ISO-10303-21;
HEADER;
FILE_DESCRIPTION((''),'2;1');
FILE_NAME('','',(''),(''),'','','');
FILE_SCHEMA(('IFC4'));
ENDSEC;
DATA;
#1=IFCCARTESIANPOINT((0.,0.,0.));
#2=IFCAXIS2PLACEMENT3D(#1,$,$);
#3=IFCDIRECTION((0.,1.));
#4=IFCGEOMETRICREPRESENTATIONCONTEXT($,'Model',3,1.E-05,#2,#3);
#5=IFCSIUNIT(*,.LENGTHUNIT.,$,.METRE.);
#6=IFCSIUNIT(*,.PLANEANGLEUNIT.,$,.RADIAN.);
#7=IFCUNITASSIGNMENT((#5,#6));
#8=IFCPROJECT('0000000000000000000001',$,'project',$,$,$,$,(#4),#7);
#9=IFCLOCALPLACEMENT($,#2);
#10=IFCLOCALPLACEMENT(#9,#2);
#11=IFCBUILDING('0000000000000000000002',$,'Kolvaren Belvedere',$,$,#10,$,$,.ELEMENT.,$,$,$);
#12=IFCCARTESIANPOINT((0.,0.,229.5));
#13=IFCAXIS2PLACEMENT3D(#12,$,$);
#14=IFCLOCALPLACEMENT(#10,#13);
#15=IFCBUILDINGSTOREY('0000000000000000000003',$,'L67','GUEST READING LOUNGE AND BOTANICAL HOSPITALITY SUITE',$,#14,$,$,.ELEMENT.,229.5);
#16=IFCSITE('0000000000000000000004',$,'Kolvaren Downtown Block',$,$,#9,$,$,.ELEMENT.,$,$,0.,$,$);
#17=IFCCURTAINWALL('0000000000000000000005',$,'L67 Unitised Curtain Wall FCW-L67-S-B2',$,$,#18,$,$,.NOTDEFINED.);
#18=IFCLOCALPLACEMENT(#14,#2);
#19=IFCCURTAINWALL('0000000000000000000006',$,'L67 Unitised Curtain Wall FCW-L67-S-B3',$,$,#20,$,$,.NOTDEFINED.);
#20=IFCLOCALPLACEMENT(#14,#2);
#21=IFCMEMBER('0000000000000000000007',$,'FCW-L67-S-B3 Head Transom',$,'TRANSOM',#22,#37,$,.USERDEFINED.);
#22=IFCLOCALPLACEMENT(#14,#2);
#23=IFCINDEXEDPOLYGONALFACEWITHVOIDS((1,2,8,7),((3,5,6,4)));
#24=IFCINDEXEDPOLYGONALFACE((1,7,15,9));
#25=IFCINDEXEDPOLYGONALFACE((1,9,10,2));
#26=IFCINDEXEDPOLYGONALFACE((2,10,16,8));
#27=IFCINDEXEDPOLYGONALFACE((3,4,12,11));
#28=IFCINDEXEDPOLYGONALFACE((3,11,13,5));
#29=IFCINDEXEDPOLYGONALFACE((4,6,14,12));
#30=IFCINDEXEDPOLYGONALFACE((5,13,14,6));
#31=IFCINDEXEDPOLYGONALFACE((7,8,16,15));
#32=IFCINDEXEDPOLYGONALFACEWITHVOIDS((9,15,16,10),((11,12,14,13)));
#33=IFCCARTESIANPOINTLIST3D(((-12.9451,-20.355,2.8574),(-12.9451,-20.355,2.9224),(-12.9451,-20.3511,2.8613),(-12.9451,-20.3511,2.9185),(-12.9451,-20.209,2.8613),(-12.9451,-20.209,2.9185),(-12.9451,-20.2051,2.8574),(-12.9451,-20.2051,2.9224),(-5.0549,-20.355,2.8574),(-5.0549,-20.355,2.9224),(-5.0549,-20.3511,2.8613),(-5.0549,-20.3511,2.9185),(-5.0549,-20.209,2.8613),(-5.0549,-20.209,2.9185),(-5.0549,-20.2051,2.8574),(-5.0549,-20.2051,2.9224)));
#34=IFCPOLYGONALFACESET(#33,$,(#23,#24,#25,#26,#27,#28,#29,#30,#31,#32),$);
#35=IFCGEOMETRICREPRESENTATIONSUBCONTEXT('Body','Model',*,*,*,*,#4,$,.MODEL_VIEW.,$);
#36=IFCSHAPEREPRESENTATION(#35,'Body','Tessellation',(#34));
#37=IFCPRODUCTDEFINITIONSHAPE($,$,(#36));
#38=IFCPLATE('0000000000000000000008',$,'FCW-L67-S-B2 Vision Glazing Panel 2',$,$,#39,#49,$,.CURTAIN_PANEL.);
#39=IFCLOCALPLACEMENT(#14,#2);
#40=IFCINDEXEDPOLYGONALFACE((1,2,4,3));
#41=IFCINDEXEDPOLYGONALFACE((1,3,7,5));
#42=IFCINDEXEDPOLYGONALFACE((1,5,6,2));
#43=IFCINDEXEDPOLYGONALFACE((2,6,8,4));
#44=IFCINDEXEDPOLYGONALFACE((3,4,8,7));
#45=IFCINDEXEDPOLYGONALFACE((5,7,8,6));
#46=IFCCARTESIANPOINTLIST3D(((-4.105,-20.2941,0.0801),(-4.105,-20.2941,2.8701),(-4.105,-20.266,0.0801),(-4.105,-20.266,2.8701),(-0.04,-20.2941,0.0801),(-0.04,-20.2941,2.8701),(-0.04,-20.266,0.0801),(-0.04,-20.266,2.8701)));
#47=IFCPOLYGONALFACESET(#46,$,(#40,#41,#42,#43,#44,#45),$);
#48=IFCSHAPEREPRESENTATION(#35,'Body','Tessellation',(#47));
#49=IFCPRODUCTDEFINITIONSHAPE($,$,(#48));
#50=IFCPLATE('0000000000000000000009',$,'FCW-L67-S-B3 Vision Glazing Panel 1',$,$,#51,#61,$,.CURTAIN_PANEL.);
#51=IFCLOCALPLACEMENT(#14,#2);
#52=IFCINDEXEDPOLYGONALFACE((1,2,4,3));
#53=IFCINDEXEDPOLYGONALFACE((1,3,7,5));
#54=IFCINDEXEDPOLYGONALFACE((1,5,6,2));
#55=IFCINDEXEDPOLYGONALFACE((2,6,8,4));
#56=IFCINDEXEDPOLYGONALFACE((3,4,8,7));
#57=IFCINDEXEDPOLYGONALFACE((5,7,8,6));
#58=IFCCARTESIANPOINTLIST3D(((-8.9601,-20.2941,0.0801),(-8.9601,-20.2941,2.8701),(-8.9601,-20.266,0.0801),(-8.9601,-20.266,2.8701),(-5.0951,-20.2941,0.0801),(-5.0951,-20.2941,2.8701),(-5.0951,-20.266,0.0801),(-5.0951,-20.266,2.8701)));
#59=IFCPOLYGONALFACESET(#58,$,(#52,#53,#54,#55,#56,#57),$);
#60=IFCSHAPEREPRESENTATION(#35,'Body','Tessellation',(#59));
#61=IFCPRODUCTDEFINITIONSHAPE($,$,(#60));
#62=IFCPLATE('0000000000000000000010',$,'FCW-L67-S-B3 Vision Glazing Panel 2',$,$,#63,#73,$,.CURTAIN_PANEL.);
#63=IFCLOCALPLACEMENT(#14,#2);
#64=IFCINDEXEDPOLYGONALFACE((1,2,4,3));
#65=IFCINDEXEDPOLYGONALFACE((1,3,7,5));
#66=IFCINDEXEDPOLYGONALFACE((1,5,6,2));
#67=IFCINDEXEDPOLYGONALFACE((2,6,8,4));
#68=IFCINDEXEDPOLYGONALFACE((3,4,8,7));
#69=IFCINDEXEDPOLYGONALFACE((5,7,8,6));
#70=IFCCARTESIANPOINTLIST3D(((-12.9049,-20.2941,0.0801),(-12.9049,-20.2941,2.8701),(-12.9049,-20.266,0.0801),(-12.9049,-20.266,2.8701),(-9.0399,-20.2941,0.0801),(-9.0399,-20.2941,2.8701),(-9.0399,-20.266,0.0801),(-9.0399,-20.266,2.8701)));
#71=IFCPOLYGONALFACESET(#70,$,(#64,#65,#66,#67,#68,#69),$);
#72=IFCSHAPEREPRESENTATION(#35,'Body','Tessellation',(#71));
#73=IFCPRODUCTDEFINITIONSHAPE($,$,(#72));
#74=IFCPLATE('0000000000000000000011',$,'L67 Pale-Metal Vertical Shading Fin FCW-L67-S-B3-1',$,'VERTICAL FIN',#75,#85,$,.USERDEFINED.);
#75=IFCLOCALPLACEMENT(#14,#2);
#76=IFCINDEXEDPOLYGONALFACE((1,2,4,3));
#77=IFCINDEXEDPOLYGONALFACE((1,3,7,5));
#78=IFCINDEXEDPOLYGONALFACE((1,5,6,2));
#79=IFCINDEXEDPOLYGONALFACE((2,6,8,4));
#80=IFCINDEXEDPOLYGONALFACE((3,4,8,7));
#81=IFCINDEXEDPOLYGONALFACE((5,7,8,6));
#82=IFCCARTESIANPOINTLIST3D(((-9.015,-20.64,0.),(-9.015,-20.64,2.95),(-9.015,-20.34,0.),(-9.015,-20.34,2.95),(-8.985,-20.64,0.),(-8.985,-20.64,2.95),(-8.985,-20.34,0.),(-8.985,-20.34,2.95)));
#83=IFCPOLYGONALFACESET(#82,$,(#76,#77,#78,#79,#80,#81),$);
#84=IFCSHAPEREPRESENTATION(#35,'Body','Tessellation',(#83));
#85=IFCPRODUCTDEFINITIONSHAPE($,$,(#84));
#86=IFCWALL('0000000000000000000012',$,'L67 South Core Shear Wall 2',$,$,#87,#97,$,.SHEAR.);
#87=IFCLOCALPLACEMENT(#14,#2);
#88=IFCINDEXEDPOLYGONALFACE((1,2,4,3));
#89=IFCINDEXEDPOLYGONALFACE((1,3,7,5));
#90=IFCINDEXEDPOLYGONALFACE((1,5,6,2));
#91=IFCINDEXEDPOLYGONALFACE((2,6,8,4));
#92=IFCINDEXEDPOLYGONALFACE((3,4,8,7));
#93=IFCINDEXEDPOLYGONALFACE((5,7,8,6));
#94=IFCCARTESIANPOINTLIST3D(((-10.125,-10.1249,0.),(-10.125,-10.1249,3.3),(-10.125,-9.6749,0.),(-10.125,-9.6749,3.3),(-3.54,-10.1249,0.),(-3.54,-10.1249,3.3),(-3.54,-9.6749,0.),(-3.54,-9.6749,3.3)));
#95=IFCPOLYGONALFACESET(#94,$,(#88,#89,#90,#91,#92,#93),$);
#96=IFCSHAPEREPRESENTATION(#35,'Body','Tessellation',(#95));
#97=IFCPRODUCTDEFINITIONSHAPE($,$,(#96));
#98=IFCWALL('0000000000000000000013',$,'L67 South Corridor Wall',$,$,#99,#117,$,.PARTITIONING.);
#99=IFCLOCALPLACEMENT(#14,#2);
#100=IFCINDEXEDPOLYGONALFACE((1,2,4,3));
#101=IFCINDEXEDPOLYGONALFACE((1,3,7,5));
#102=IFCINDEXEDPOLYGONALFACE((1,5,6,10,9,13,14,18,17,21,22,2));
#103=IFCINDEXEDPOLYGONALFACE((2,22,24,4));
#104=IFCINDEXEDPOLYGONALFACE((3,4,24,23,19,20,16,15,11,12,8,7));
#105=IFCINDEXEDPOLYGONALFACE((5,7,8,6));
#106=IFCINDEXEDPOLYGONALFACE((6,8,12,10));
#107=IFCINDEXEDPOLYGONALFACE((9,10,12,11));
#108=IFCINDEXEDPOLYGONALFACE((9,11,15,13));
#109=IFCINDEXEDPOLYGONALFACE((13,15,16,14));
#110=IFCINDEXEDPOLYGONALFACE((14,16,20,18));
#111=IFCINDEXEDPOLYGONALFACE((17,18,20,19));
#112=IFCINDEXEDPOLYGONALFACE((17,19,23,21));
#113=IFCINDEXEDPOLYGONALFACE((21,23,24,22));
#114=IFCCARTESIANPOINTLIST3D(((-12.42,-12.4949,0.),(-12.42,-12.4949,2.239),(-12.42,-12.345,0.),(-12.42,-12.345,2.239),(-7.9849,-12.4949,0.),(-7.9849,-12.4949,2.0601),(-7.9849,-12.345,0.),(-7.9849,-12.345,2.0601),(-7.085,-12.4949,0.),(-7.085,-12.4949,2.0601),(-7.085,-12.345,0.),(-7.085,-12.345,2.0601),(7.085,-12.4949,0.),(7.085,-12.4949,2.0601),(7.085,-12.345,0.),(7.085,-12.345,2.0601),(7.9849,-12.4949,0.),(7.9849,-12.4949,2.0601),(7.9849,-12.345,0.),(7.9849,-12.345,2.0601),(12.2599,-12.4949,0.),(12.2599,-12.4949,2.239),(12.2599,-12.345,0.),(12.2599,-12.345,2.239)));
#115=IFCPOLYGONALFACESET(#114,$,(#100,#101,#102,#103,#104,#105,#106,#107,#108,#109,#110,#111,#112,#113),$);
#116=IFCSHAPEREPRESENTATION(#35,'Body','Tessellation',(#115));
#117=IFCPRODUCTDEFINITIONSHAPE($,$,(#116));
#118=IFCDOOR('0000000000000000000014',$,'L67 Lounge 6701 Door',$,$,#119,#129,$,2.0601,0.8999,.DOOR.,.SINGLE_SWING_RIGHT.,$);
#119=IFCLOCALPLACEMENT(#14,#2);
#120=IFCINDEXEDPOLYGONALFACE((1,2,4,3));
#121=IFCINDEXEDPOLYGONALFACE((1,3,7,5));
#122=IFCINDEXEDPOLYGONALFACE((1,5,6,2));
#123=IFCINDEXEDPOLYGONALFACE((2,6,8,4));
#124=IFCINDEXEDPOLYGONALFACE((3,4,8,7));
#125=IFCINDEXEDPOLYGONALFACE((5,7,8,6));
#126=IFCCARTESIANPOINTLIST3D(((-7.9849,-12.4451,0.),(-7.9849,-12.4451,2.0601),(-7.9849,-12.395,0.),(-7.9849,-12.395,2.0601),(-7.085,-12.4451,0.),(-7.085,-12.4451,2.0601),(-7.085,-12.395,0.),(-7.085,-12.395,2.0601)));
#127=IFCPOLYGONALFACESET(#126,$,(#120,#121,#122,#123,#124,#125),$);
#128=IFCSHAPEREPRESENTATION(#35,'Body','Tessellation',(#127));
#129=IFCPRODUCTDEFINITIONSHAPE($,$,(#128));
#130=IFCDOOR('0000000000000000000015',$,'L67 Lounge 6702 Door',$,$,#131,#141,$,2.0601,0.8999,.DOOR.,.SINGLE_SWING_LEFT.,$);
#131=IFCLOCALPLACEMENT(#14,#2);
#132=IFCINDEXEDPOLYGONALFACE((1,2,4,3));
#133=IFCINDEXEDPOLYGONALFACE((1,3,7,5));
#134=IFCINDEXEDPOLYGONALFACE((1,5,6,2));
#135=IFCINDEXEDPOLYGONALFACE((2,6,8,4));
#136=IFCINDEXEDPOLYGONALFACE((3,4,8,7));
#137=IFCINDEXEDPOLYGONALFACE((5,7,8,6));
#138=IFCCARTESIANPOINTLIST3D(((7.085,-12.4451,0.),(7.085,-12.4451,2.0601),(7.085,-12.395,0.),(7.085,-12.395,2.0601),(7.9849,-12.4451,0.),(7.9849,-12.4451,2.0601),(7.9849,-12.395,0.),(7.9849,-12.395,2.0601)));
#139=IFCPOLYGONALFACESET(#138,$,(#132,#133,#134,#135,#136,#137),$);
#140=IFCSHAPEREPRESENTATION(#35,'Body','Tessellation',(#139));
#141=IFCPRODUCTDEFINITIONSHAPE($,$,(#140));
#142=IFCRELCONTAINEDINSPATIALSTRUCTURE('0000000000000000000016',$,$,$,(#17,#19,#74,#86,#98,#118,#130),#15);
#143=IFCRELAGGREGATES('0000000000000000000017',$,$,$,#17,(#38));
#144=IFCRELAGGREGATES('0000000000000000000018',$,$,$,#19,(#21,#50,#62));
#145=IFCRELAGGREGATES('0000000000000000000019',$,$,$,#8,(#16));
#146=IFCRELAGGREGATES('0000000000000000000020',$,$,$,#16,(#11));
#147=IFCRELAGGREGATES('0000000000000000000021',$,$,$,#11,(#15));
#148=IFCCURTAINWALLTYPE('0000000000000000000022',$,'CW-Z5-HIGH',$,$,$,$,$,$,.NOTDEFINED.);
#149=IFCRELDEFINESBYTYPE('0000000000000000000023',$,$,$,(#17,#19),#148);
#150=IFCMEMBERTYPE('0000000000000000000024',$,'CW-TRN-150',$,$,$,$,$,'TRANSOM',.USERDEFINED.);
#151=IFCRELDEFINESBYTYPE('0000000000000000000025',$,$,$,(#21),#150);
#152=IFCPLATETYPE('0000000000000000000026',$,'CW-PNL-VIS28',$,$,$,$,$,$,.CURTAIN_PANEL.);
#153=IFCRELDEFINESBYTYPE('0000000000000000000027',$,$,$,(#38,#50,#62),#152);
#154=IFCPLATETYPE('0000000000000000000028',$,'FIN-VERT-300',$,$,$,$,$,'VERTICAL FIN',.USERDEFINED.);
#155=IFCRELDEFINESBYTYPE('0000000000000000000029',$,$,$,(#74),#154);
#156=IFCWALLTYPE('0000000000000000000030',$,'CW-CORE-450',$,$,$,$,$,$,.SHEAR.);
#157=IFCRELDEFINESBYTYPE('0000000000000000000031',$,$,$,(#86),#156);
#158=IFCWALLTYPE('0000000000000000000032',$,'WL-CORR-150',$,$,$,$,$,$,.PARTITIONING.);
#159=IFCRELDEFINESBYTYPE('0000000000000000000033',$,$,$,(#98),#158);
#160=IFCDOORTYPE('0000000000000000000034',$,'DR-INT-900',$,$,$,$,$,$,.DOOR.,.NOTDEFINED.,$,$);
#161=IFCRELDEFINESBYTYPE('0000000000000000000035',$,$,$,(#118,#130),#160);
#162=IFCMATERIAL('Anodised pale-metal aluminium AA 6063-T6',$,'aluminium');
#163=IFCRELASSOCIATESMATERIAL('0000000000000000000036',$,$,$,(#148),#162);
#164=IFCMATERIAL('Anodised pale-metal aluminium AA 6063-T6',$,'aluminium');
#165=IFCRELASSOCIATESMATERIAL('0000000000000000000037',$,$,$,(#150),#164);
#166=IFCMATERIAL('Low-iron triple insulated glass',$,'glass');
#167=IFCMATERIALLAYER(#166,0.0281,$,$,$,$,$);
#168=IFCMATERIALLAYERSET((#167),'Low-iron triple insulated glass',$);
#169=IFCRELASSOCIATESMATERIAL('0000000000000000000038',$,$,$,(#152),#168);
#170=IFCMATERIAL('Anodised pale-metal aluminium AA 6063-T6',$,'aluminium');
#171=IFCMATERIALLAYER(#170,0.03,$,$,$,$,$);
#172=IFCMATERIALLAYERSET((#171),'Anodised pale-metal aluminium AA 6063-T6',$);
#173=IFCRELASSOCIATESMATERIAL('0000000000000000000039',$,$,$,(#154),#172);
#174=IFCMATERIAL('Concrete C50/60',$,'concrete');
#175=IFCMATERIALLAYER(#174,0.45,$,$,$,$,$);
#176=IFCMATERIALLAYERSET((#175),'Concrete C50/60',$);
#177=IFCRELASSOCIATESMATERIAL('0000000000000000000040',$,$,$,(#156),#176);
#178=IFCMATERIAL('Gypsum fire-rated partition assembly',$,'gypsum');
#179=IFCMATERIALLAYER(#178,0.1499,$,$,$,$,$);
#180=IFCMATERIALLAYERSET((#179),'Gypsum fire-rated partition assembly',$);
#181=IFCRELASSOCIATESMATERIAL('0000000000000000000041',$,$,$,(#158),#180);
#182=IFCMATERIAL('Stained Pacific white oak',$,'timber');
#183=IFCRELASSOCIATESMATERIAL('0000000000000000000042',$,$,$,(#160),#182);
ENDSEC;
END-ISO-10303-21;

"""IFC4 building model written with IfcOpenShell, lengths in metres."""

from ifc_helpers import new_model, si_unit, direction, frame, frame_2d, origin, origin_2d, place, context, subcontext, project, spatial, rectangle, hollow_rectangle, extrude, material, layer, layer_set, material_profile, profile_set, type_object, element, fill, aggregate, save


model = new_model("IFC4")

# Units and contexts
model_context = context("Model", 3, precision=1e-05, world=origin(), true_north=direction((0.0, 1.0)))
body_context = subcontext(model_context, "Body", "Model", "MODEL_VIEW")
ifc_project = project(units=[si_unit("LENGTHUNIT", "METRE"), si_unit("PLANEANGLEUNIT", "RADIAN")], contexts=[model_context])

# Site, building, storey
site_placement = place(None, origin())
site = spatial("IfcSite", under=ifc_project, at=site_placement, Name="Kolvaren Downtown Block", CompositionType="ELEMENT", RefElevation=0.0)
building_placement = place(site_placement, origin())
building = spatial("IfcBuilding", under=site, at=building_placement, Name="Kolvaren Belvedere", CompositionType="ELEMENT")
storey_placement = place(building_placement, frame((0.0, 0.0, 229.5)))
storey = spatial("IfcBuildingStorey", under=building, at=storey_placement, Name="L67", Description="GUEST READING LOUNGE AND BOTANICAL HOSPITALITY SUITE", CompositionType="ELEMENT", Elevation=229.5)

# Curtain wall
ifc_material_1 = material(Name="Anodised pale-metal aluminium AA 6063-T6", Category="aluminium")
curtain_wall_type = type_object("IfcCurtainWallType", Name="CW-Z5-HIGH", PredefinedType="NOTDEFINED", material=ifc_material_1)
curtain_wall_1_placement = place(storey_placement, origin())
curtain_wall_1 = element("IfcCurtainWall", 1, at=curtain_wall_1_placement, inside=storey, type_object=curtain_wall_type, Name="L67 Unitised Curtain Wall FCW-L67-S-B2", PredefinedType="NOTDEFINED")

# Curtain wall, member
curtain_wall_2_placement = place(storey_placement, origin())
curtain_wall_2 = element("IfcCurtainWall", 2, at=curtain_wall_2_placement, inside=storey, type_object=curtain_wall_type, Name="L67 Unitised Curtain Wall FCW-L67-S-B3", PredefinedType="NOTDEFINED")
ifc_material_2 = material(Name="Anodised pale-metal aluminium AA 6063-T6", Category="aluminium")
ifc_material_profile_1 = material_profile(ifc_material_2, hollow_rectangle(XDim=0.0649, YDim=0.1499, WallThickness=0.0039, at=origin_2d()), Name="ALU-TRN-150X65")
ifc_profile_set_1 = profile_set([ifc_material_profile_1], Name="Anodised pale-metal aluminium AA 6063-T6")
member_type_1 = type_object("IfcMemberType", Name="CW-TRN-150", ElementType="TRANSOM", PredefinedType="USERDEFINED", material=ifc_profile_set_1)
member_1_placement = place(storey_placement, frame((-5.0549, -20.28, 2.8899), z_axis=(-1.0, 0.0, 0.0), x_axis=(0.0, 0.0, 1.0)))
member_1 = element("IfcMember", 3, at=member_1_placement, type_object=member_type_1, Name="FCW-L67-S-B3 Head Transom", ObjectType="TRANSOM", PredefinedType="USERDEFINED", context=body_context, shape_type="SweptSolid", body=[
    extrude(hollow_rectangle(XDim=0.0649, YDim=0.1499, WallThickness=0.0039, at=origin_2d()), origin(), (0.0, 0.0, 1.0), 7.8901),
])

# Plates
ifc_material_3 = material(Name="Low-iron triple insulated glass", Category="glass")
ifc_layer_1 = layer(ifc_material_3, 0.0281)
ifc_layer_set_1 = layer_set([ifc_layer_1], Name="Low-iron triple insulated glass")
plate_type_1 = type_object("IfcPlateType", Name="CW-PNL-VIS28", PredefinedType="CURTAIN_PANEL", material=ifc_layer_set_1)
plate_1_placement = place(storey_placement, frame((-2.0725, -20.28, 0.0801), z_axis=(0.0, 0.0, 1.0), x_axis=(-1.0, 0.0, 0.0)))
plate_1 = element("IfcPlate", 4, at=plate_1_placement, type_object=plate_type_1, Name="FCW-L67-S-B2 Vision Glazing Panel 2", PredefinedType="CURTAIN_PANEL", context=body_context, shape_type="SweptSolid", body=[
    extrude(rectangle(XDim=4.0649, YDim=0.0281, at=origin_2d()), origin(), (0.0, 0.0, 1.0), 2.79),
])
aggregate(curtain_wall_1, [plate_1])
plate_2_placement = place(storey_placement, frame((-7.0276, -20.28, 0.0801), z_axis=(0.0, 0.0, 1.0), x_axis=(-1.0, 0.0, 0.0)))
plate_2 = element("IfcPlate", 5, at=plate_2_placement, type_object=plate_type_1, Name="FCW-L67-S-B3 Vision Glazing Panel 1", PredefinedType="CURTAIN_PANEL", context=body_context, shape_type="SweptSolid", body=[
    extrude(rectangle(XDim=3.865, YDim=0.0281, at=origin_2d()), origin(), (0.0, 0.0, 1.0), 2.79),
])
plate_3_placement = place(storey_placement, frame((-10.9724, -20.28, 0.0801), z_axis=(0.0, 0.0, 1.0), x_axis=(-1.0, 0.0, 0.0)))
plate_3 = element("IfcPlate", 6, at=plate_3_placement, type_object=plate_type_1, Name="FCW-L67-S-B3 Vision Glazing Panel 2", PredefinedType="CURTAIN_PANEL", context=body_context, shape_type="SweptSolid", body=[
    extrude(rectangle(XDim=3.865, YDim=0.0281, at=origin_2d()), origin(), (0.0, 0.0, 1.0), 2.79),
])
aggregate(curtain_wall_2, [member_1, plate_2, plate_3])
ifc_material_4 = material(Name="Anodised pale-metal aluminium AA 6063-T6", Category="aluminium")
ifc_layer_2 = layer(ifc_material_4, 0.03)
ifc_layer_set_2 = layer_set([ifc_layer_2], Name="Anodised pale-metal aluminium AA 6063-T6")
plate_type_2 = type_object("IfcPlateType", Name="FIN-VERT-300", ElementType="VERTICAL FIN", PredefinedType="USERDEFINED", material=ifc_layer_set_2)
plate_4_placement = place(storey_placement, frame((-9.0, -20.49, 0.0), z_axis=(0.0, 0.0, 1.0), x_axis=(0.0, 1.0, 0.0)))
element("IfcPlate", 7, at=plate_4_placement, inside=storey, type_object=plate_type_2, Name="L67 Pale-Metal Vertical Shading Fin FCW-L67-S-B3-1", ObjectType="VERTICAL FIN", PredefinedType="USERDEFINED", context=body_context, shape_type="SweptSolid", body=[
    extrude(rectangle(XDim=0.3, YDim=0.03, at=origin_2d()), origin(), (0.0, 0.0, 1.0), 2.95),
])

# Wall
ifc_material_5 = material(Name="Concrete C50/60", Category="concrete")
ifc_layer_3 = layer(ifc_material_5, 0.45)
ifc_layer_set_3 = layer_set([ifc_layer_3], Name="Concrete C50/60")
wall_type_1 = type_object("IfcWallType", Name="CW-CORE-450", PredefinedType="SHEAR", material=ifc_layer_set_3)
wall_1_placement = place(storey_placement, frame((-3.54, -9.8999, 0.0), z_axis=(0.0, 0.0, 1.0), x_axis=(-1.0, 0.0, 0.0)))
element("IfcWall", 8, at=wall_1_placement, inside=storey, type_object=wall_type_1, Name="L67 South Core Shear Wall 2", PredefinedType="SHEAR", context=body_context, shape_type="SweptSolid", body=[
    extrude(rectangle(XDim=6.585, YDim=0.45, at=frame_2d((3.2925, 0.0))), origin(), (0.0, 0.0, 1.0), 3.3),
])

# Wall, openings, doors
ifc_material_6 = material(Name="Gypsum fire-rated partition assembly", Category="gypsum")
ifc_layer_4 = layer(ifc_material_6, 0.1499)
ifc_layer_set_4 = layer_set([ifc_layer_4], Name="Gypsum fire-rated partition assembly")
wall_type_2 = type_object("IfcWallType", Name="WL-CORR-150", PredefinedType="PARTITIONING", material=ifc_layer_set_4)
wall_2_placement = place(storey_placement, frame((-12.4199, -12.4199, 0.0), z_axis=(0.0, 0.0, 1.0), x_axis=(1.0, 0.0, 0.0)))
wall_2 = element("IfcWall", 9, at=wall_2_placement, inside=storey, type_object=wall_type_2, Name="L67 South Corridor Wall", PredefinedType="PARTITIONING", context=body_context, shape_type="SweptSolid", body=[
    extrude(rectangle(XDim=24.6799, YDim=0.1499, at=frame_2d((12.3398, 0.0))), origin(), (0.0, 0.0, 1.0), 2.239),
])
opening_1_placement = place(wall_2_placement, frame((4.4351, 0.0, 0.0)))
opening_1 = element("IfcOpeningElement", 10, at=opening_1_placement, cuts=wall_2, PredefinedType="OPENING", context=body_context, shape_type="SweptSolid", body=[
    extrude(rectangle(XDim=0.8999, YDim=2.0601, at=frame_2d((0.45, 1.03))), frame((0.0, 0.085, 0.0), z_axis=(0.0, -1.0, 0.0), x_axis=(1.0, 0.0, 0.0)), (0.0, 0.0, 1.0), 0.1699),
])
opening_2_placement = place(wall_2_placement, frame((19.5049, 0.0, 0.0)))
opening_2 = element("IfcOpeningElement", 11, at=opening_2_placement, cuts=wall_2, PredefinedType="OPENING", context=body_context, shape_type="SweptSolid", body=[
    extrude(rectangle(XDim=0.8999, YDim=2.0601, at=frame_2d((0.45, 1.03))), frame((0.0, 0.085, 0.0), z_axis=(0.0, -1.0, 0.0), x_axis=(1.0, 0.0, 0.0)), (0.0, 0.0, 1.0), 0.1699),
])
ifc_material_7 = material(Name="Stained Pacific white oak", Category="timber")
door_type_1 = type_object("IfcDoorType", Name="DR-INT-900", OperationType="NOTDEFINED", PredefinedType="DOOR", material=ifc_material_7)
door_1_placement = place(opening_1_placement, origin())
door_1 = element("IfcDoor", 12, at=door_1_placement, inside=storey, type_object=door_type_1, Name="L67 Lounge 6701 Door", OperationType="SINGLE_SWING_RIGHT", OverallHeight=2.0601, OverallWidth=0.8999, PredefinedType="DOOR", context=body_context, shape_type="SweptSolid", body=[
    extrude(rectangle(XDim=0.8999, YDim=2.0601, at=frame_2d((0.45, 1.03))), frame((0.0, 0.0249, 0.0), z_axis=(0.0, -1.0, 0.0), x_axis=(1.0, 0.0, 0.0)), (0.0, 0.0, 1.0), 0.05),
])
fill(opening_1, door_1)
door_2_placement = place(opening_2_placement, origin())
door_2 = element("IfcDoor", 13, at=door_2_placement, inside=storey, type_object=door_type_1, Name="L67 Lounge 6702 Door", OperationType="SINGLE_SWING_LEFT", OverallHeight=2.0601, OverallWidth=0.8999, PredefinedType="DOOR", context=body_context, shape_type="SweptSolid", body=[
    extrude(rectangle(XDim=0.8999, YDim=2.0601, at=frame_2d((0.45, 1.03))), frame((0.0, 0.0249, 0.0), z_axis=(0.0, -1.0, 0.0), x_axis=(1.0, 0.0, 0.0)), (0.0, 0.0, 1.0), 0.05),
])
fill(opening_2, door_2)

save(model, "model.ifc")
